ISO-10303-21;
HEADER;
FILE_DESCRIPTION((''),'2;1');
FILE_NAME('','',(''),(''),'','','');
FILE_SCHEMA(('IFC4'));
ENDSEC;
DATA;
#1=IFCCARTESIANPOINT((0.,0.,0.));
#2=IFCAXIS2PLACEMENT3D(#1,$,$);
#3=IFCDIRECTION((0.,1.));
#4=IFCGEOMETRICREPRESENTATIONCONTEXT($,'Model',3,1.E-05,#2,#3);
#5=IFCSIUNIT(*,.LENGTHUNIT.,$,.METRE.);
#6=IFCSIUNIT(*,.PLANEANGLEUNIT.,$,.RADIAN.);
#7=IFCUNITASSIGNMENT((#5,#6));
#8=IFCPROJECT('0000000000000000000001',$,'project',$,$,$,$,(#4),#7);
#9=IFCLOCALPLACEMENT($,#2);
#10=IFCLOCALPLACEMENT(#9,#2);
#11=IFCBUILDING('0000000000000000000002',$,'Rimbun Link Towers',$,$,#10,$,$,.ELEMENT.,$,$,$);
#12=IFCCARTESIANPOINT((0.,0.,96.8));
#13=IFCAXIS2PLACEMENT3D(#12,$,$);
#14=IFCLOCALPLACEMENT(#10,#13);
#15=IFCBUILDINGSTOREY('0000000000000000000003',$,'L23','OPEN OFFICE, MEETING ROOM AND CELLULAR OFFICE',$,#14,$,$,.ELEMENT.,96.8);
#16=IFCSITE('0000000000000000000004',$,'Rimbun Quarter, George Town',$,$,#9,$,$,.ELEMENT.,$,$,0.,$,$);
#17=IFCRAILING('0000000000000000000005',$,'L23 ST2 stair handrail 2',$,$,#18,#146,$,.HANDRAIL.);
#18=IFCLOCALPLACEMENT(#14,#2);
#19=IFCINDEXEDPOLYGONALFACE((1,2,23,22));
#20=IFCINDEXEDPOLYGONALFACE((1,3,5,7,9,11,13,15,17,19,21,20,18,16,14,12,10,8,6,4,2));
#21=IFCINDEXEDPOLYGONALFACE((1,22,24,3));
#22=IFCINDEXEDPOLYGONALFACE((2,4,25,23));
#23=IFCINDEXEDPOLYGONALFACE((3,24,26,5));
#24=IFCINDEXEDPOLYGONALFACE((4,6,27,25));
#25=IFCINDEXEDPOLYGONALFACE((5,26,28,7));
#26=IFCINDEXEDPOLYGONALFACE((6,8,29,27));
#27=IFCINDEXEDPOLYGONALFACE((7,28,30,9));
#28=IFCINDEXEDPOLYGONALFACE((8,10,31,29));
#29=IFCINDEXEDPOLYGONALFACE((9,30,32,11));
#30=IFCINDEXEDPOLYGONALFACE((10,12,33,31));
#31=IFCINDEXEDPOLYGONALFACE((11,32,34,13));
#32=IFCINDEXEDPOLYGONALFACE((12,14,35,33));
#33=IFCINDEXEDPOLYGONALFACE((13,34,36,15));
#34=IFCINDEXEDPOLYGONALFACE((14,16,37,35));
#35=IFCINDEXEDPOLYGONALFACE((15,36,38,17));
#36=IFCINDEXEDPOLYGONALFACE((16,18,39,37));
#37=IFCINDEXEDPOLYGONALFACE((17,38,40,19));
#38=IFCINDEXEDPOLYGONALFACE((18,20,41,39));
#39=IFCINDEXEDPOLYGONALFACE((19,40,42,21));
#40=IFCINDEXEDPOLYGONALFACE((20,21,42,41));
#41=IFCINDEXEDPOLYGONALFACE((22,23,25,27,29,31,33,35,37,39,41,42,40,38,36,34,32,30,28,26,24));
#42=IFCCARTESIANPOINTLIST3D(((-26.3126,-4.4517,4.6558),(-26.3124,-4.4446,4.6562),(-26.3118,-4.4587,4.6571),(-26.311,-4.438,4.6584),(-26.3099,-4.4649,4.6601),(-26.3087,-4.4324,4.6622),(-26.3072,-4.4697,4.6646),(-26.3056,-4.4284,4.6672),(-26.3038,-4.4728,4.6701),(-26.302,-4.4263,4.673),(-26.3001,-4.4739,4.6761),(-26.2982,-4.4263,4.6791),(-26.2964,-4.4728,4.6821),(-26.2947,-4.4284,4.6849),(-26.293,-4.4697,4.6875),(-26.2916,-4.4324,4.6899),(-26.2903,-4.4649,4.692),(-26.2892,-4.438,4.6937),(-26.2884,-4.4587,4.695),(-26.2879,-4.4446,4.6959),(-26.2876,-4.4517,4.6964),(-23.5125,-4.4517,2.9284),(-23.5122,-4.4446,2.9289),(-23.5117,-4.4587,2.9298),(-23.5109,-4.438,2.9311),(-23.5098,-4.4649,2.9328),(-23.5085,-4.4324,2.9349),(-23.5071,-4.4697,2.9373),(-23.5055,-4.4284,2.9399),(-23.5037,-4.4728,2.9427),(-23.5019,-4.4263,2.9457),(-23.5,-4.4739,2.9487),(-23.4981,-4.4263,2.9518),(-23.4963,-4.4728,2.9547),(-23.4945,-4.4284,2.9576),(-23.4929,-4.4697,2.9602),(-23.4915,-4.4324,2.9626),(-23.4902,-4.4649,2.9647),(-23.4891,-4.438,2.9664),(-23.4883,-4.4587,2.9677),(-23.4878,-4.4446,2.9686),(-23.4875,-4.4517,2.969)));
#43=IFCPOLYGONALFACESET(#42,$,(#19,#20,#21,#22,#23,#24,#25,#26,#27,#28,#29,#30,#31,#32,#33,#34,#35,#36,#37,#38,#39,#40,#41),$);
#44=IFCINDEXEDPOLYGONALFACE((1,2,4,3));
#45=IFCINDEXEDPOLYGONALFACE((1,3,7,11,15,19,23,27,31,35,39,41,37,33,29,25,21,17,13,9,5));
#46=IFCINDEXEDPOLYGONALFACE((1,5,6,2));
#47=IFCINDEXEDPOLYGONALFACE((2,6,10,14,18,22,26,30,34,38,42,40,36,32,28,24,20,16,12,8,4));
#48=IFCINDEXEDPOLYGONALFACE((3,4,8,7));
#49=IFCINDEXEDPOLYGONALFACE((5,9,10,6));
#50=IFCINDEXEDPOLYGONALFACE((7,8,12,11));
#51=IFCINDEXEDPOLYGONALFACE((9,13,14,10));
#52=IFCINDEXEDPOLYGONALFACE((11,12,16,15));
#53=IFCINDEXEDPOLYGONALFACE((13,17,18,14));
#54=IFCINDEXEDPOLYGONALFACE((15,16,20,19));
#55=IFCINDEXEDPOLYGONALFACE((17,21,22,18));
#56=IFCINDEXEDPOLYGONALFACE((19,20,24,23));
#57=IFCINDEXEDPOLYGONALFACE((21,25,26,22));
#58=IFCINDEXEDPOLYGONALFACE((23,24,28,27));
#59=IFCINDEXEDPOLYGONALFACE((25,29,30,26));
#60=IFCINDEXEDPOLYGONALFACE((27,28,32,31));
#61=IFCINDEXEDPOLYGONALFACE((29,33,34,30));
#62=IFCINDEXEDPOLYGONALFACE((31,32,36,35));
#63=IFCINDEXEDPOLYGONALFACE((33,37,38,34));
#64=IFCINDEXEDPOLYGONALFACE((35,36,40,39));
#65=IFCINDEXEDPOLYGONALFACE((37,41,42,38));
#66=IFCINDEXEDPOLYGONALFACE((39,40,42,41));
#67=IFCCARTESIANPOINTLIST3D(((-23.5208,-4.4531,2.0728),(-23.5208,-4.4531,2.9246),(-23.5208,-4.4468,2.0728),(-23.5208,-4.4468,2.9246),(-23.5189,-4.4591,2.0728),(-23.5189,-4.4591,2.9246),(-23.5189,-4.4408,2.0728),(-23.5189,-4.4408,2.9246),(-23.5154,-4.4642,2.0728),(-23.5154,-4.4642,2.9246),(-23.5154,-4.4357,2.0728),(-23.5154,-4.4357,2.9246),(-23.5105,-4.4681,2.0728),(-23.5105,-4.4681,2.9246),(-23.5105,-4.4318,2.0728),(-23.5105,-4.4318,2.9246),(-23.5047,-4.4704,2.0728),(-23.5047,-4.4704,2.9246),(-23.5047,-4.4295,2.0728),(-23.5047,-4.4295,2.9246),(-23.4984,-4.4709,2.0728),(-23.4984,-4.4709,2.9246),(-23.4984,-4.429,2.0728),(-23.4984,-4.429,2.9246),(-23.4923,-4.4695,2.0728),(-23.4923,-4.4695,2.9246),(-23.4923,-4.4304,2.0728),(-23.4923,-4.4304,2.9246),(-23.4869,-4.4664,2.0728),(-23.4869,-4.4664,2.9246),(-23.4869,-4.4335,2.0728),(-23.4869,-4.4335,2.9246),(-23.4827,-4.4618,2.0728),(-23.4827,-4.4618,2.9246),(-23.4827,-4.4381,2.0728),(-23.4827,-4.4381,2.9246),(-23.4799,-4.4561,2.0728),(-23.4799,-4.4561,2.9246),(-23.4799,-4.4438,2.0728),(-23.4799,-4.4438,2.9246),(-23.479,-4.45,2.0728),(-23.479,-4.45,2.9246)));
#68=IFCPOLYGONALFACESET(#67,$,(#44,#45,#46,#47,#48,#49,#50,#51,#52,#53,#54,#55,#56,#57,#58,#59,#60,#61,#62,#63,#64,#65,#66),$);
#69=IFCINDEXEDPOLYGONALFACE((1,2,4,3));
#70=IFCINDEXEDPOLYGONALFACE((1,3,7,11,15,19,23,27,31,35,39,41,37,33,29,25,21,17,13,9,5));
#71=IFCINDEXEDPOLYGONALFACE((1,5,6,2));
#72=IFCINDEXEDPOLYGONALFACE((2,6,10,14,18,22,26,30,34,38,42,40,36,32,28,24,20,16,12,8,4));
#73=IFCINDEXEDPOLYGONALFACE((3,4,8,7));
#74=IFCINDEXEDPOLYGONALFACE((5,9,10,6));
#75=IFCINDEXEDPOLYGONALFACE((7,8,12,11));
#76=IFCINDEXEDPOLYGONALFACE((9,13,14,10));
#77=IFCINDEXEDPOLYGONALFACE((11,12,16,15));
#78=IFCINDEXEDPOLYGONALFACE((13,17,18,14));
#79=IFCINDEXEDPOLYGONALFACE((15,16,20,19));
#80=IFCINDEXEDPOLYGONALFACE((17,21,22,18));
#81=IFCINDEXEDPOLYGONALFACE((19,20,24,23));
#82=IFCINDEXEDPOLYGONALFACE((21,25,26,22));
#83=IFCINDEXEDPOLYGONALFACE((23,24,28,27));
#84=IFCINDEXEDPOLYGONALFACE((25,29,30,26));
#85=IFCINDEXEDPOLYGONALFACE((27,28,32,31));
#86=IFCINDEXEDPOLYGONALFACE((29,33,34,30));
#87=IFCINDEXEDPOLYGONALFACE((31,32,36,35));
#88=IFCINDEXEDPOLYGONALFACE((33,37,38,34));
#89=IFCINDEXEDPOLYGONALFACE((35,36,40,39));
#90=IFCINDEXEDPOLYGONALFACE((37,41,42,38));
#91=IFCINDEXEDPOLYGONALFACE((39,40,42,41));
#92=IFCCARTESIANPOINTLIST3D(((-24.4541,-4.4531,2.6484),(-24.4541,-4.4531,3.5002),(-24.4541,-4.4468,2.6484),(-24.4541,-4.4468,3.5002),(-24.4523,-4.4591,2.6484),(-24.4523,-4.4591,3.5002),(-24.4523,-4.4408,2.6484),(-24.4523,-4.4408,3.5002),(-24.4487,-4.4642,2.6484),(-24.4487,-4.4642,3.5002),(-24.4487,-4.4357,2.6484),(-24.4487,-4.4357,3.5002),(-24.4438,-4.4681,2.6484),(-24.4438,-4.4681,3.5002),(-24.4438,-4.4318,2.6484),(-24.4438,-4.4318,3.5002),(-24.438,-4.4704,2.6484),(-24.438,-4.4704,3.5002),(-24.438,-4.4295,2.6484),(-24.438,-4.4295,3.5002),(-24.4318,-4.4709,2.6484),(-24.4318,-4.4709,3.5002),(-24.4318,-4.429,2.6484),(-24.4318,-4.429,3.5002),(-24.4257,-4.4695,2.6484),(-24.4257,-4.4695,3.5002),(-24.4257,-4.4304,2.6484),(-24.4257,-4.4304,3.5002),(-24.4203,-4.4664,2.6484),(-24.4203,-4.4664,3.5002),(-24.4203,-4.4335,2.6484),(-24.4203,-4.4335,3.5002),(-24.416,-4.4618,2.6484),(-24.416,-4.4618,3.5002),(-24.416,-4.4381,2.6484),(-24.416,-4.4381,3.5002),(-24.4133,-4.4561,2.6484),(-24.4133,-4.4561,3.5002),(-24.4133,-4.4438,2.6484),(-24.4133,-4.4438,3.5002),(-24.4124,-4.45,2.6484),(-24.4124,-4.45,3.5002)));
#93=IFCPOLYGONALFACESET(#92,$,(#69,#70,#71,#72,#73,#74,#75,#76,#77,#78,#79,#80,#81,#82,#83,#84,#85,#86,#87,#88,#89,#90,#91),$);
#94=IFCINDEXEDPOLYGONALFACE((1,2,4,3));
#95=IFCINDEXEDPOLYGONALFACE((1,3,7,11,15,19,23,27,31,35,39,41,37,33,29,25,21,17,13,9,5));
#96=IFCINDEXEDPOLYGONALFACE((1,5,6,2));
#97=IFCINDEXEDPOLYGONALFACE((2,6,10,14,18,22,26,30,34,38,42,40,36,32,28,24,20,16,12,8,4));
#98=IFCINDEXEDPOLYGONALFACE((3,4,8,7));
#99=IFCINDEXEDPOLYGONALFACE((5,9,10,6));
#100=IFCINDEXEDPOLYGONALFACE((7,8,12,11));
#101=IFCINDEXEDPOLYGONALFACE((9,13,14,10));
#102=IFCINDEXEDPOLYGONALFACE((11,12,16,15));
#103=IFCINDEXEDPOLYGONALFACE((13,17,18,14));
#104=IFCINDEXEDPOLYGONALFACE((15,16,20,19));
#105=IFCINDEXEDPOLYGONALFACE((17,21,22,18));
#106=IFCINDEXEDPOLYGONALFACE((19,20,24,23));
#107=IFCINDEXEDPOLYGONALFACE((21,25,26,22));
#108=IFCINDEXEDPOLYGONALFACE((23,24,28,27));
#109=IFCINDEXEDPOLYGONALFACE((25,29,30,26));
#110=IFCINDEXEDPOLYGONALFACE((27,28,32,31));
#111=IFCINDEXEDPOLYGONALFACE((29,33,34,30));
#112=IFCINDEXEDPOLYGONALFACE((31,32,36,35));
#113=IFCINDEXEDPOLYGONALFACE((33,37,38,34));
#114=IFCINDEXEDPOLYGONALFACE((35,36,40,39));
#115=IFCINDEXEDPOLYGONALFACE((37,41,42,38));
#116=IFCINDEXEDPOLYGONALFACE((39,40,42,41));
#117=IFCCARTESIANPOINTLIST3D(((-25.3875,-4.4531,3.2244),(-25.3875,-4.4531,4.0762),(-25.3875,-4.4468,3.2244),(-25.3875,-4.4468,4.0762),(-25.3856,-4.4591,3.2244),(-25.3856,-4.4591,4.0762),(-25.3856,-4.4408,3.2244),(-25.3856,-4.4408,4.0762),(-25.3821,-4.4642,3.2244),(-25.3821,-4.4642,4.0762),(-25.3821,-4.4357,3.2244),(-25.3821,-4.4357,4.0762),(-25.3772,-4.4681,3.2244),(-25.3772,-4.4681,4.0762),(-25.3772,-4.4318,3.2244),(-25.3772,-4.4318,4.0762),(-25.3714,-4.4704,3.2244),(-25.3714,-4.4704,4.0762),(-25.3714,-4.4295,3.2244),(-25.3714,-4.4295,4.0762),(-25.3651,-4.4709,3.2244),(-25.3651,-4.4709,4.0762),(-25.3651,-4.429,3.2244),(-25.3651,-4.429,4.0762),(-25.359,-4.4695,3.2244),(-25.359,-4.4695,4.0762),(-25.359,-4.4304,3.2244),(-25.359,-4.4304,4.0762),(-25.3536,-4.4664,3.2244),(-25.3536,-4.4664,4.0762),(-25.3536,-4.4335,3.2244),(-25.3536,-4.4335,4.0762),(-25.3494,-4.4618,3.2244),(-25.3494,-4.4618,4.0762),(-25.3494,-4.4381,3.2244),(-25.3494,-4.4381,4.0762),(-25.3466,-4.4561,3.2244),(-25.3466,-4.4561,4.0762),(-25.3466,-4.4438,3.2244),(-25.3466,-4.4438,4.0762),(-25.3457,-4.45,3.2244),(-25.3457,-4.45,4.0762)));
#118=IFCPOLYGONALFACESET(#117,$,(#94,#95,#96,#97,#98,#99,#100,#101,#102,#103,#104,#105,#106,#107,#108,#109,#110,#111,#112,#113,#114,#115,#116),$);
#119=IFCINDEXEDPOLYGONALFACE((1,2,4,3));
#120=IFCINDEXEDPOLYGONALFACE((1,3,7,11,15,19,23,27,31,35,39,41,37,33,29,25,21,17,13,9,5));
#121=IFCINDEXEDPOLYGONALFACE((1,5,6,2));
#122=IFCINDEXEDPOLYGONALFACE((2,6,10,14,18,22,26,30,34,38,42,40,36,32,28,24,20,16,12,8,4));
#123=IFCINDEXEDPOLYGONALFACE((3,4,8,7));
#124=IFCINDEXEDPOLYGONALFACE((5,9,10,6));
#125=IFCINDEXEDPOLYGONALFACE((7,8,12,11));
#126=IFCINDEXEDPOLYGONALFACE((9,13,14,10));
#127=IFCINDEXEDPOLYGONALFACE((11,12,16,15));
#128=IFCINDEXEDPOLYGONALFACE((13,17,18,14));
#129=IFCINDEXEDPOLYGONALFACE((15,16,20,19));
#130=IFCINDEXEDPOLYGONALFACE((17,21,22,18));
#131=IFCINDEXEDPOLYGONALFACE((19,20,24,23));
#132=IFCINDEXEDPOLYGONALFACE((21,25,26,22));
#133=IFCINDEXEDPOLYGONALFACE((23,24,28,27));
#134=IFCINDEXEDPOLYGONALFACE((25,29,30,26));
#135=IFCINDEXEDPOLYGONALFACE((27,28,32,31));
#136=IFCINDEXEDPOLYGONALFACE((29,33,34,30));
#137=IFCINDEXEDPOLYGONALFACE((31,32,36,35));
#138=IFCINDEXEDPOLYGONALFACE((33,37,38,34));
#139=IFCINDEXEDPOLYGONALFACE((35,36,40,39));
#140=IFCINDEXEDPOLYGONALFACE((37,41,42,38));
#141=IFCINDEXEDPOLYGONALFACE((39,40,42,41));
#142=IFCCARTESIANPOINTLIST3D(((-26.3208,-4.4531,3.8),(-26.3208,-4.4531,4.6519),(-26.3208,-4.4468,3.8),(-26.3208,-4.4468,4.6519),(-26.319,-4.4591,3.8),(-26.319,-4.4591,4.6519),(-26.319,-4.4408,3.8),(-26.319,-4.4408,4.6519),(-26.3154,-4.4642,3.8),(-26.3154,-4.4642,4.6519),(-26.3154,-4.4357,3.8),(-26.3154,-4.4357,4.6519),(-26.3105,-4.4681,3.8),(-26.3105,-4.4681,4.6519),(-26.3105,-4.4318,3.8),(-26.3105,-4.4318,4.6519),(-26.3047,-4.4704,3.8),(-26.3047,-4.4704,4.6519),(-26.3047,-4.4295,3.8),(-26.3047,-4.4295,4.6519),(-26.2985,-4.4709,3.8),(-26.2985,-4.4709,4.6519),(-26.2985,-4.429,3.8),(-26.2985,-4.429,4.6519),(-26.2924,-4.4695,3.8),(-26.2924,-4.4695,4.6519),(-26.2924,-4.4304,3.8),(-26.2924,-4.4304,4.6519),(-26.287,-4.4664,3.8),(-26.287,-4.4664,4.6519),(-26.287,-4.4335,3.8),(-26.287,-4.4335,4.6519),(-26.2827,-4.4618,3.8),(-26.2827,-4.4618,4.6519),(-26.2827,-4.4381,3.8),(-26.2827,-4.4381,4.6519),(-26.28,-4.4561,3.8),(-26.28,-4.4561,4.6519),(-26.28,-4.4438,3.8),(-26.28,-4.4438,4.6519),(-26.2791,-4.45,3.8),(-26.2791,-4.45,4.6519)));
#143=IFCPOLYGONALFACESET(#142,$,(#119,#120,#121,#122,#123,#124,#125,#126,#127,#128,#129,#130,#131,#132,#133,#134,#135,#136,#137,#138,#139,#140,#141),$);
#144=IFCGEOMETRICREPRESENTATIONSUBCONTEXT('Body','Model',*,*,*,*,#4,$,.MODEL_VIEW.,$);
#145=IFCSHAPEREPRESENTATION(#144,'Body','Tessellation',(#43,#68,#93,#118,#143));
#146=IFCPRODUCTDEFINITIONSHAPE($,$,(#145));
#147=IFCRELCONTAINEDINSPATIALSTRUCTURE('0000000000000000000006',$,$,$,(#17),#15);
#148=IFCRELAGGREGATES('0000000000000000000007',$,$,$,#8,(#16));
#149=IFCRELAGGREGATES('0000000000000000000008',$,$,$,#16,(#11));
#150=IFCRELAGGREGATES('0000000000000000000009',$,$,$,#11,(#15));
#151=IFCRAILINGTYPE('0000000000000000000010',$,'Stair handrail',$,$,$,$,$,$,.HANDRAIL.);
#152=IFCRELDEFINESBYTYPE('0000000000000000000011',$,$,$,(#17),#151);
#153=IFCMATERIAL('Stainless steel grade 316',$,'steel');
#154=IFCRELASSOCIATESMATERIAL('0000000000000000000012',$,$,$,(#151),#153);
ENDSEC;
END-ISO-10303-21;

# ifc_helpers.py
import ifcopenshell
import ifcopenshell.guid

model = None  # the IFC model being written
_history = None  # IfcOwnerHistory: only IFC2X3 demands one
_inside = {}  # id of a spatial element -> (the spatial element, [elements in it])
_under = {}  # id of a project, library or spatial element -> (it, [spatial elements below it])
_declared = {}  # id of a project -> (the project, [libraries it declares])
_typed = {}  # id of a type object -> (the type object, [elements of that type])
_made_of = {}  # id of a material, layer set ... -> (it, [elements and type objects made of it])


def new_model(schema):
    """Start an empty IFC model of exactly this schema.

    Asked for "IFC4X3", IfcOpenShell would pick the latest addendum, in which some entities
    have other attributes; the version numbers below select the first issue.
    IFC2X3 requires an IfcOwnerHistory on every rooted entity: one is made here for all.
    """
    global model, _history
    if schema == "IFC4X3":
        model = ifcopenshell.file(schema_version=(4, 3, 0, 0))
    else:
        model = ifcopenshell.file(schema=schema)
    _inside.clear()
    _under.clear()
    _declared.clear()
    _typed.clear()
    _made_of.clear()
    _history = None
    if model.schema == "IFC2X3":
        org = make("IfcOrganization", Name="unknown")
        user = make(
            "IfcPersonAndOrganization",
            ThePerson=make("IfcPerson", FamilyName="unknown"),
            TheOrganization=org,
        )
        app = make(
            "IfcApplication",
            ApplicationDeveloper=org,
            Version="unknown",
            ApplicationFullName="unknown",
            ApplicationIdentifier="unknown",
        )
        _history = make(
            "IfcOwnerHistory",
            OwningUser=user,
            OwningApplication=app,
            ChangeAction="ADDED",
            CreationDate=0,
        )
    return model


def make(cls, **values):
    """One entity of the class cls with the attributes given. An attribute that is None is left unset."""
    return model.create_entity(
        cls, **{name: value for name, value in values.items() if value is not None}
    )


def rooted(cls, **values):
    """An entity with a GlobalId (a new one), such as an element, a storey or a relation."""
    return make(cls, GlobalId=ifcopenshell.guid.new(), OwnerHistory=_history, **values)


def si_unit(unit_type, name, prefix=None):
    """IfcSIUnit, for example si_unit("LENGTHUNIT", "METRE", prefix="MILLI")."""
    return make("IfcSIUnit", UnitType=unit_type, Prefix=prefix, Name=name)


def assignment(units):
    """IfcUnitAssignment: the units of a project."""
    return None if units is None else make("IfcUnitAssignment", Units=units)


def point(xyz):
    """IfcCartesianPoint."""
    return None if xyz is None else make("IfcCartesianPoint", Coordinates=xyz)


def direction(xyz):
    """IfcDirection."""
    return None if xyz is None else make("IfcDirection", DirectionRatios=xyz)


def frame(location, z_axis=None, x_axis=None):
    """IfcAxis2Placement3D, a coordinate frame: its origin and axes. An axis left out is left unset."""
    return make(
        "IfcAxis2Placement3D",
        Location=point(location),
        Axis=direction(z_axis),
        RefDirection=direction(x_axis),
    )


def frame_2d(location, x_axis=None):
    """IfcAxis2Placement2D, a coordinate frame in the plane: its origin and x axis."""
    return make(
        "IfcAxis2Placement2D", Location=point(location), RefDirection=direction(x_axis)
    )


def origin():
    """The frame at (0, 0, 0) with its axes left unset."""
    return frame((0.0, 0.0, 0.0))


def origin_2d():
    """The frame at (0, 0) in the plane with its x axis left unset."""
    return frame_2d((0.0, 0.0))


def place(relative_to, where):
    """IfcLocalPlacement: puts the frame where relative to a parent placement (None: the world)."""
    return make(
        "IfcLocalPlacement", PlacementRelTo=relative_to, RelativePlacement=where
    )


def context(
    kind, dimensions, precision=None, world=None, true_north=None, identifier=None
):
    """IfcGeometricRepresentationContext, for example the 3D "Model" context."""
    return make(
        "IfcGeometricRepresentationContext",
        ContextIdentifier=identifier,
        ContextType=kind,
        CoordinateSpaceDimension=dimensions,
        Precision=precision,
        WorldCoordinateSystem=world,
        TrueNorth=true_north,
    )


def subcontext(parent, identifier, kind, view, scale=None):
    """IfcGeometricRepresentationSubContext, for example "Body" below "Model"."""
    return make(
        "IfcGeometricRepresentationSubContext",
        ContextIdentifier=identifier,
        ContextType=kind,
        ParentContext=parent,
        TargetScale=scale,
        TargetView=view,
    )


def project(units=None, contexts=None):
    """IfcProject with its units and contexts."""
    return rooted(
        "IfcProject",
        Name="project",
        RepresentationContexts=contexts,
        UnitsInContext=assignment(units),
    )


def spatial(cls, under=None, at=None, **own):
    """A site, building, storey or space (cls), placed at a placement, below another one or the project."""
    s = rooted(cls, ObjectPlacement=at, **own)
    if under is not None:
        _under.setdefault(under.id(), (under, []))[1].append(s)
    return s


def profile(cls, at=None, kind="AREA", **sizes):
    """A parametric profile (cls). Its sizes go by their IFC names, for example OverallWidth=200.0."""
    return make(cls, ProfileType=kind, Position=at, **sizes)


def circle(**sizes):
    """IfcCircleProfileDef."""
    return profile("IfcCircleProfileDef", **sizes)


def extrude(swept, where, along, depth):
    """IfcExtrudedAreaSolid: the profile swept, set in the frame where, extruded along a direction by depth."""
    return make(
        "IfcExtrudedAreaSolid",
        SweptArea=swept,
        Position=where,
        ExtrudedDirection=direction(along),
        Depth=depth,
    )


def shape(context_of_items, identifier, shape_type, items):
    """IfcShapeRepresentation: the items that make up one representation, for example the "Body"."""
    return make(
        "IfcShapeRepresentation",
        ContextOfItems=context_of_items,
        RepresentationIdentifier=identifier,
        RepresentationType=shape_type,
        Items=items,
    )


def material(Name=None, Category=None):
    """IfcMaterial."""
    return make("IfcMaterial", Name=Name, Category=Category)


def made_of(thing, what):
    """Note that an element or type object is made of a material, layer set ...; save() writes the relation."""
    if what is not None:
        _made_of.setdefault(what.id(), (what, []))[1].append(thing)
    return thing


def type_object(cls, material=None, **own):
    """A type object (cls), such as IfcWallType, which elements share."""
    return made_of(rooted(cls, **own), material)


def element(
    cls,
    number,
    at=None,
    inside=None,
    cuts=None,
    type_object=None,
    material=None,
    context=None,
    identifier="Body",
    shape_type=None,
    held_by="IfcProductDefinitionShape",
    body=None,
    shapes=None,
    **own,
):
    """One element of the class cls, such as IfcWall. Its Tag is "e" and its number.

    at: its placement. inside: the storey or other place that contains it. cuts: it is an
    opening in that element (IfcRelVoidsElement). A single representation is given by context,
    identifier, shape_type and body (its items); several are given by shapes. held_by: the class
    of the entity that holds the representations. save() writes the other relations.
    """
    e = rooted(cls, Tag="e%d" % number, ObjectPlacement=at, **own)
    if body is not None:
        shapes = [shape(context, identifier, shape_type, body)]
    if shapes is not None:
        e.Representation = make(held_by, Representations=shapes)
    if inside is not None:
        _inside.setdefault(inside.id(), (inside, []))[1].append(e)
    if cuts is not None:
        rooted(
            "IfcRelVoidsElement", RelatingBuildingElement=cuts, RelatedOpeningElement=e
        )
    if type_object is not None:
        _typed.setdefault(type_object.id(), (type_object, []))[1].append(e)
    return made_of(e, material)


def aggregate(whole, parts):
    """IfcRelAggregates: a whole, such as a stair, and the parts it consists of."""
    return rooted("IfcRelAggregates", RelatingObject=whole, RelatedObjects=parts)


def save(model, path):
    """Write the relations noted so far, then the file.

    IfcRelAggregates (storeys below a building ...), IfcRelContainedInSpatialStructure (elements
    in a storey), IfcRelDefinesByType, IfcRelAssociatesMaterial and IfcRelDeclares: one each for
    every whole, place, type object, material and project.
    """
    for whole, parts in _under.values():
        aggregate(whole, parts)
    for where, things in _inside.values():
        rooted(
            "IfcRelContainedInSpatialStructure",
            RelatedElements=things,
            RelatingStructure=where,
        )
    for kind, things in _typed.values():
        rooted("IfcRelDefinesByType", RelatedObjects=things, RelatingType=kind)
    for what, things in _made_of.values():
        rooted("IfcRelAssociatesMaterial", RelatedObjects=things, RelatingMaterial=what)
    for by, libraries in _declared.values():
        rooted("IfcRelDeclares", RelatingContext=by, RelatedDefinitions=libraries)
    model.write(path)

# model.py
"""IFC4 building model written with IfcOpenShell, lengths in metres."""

from ifc_helpers import new_model, si_unit, direction, frame, origin, origin_2d, place, context, subcontext, project, spatial, circle, extrude, material, type_object, element, save


model = new_model("IFC4")

# Units and contexts
model_context = context("Model", 3, precision=1e-05, world=origin(), true_north=direction((0.0, 1.0)))
body_context = subcontext(model_context, "Body", "Model", "MODEL_VIEW")
ifc_project = project(units=[si_unit("LENGTHUNIT", "METRE"), si_unit("PLANEANGLEUNIT", "RADIAN")], contexts=[model_context])

# Site, building, storey
site_placement = place(None, origin())
site = spatial("IfcSite", under=ifc_project, at=site_placement, Name="Rimbun Quarter, George Town", CompositionType="ELEMENT", RefElevation=0.0)
building_placement = place(site_placement, origin())
building = spatial("IfcBuilding", under=site, at=building_placement, Name="Rimbun Link Towers", CompositionType="ELEMENT")
storey_placement = place(building_placement, frame((0.0, 0.0, 96.8)))
storey = spatial("IfcBuildingStorey", under=building, at=storey_placement, Name="L23", Description="OPEN OFFICE, MEETING ROOM AND CELLULAR OFFICE", CompositionType="ELEMENT", Elevation=96.8)

# Railing
ifc_material_1 = material(Name="Stainless steel grade 316", Category="steel")
railing_type_1 = type_object("IfcRailingType", Name="Stair handrail", PredefinedType="HANDRAIL", material=ifc_material_1)
railing_1_placement = place(storey_placement, frame((-23.5, -4.45, 2.0728)))
element("IfcRailing", 1, at=railing_1_placement, inside=storey, type_object=railing_type_1, Name="L23 ST2 stair handrail 2", PredefinedType="HANDRAIL", context=body_context, shape_type="SweptSolid", body=[
    extrude(circle(Radius=0.0239, at=origin_2d()), frame((0.0, 0.0, 0.876), z_axis=(-0.85109, 0.0, 0.52502), x_axis=(0.0, -1.0, 0.0)), (0.0, 0.0, 1.0), 3.29),
    extrude(circle(Radius=0.021, at=origin_2d()), origin(), (0.0, 0.0, 1.0), 0.8518),
    extrude(circle(Radius=0.021, at=origin_2d()), frame((-0.9333, 0.0, 0.5757)), (0.0, 0.0, 1.0), 0.8518),
    extrude(circle(Radius=0.021, at=origin_2d()), frame((-1.8667, 0.0, 1.1516)), (0.0, 0.0, 1.0), 0.8518),
    extrude(circle(Radius=0.021, at=origin_2d()), frame((-2.8, 0.0, 1.7273)), (0.0, 0.0, 1.0), 0.8518),
])

save(model, "model.ifc")
